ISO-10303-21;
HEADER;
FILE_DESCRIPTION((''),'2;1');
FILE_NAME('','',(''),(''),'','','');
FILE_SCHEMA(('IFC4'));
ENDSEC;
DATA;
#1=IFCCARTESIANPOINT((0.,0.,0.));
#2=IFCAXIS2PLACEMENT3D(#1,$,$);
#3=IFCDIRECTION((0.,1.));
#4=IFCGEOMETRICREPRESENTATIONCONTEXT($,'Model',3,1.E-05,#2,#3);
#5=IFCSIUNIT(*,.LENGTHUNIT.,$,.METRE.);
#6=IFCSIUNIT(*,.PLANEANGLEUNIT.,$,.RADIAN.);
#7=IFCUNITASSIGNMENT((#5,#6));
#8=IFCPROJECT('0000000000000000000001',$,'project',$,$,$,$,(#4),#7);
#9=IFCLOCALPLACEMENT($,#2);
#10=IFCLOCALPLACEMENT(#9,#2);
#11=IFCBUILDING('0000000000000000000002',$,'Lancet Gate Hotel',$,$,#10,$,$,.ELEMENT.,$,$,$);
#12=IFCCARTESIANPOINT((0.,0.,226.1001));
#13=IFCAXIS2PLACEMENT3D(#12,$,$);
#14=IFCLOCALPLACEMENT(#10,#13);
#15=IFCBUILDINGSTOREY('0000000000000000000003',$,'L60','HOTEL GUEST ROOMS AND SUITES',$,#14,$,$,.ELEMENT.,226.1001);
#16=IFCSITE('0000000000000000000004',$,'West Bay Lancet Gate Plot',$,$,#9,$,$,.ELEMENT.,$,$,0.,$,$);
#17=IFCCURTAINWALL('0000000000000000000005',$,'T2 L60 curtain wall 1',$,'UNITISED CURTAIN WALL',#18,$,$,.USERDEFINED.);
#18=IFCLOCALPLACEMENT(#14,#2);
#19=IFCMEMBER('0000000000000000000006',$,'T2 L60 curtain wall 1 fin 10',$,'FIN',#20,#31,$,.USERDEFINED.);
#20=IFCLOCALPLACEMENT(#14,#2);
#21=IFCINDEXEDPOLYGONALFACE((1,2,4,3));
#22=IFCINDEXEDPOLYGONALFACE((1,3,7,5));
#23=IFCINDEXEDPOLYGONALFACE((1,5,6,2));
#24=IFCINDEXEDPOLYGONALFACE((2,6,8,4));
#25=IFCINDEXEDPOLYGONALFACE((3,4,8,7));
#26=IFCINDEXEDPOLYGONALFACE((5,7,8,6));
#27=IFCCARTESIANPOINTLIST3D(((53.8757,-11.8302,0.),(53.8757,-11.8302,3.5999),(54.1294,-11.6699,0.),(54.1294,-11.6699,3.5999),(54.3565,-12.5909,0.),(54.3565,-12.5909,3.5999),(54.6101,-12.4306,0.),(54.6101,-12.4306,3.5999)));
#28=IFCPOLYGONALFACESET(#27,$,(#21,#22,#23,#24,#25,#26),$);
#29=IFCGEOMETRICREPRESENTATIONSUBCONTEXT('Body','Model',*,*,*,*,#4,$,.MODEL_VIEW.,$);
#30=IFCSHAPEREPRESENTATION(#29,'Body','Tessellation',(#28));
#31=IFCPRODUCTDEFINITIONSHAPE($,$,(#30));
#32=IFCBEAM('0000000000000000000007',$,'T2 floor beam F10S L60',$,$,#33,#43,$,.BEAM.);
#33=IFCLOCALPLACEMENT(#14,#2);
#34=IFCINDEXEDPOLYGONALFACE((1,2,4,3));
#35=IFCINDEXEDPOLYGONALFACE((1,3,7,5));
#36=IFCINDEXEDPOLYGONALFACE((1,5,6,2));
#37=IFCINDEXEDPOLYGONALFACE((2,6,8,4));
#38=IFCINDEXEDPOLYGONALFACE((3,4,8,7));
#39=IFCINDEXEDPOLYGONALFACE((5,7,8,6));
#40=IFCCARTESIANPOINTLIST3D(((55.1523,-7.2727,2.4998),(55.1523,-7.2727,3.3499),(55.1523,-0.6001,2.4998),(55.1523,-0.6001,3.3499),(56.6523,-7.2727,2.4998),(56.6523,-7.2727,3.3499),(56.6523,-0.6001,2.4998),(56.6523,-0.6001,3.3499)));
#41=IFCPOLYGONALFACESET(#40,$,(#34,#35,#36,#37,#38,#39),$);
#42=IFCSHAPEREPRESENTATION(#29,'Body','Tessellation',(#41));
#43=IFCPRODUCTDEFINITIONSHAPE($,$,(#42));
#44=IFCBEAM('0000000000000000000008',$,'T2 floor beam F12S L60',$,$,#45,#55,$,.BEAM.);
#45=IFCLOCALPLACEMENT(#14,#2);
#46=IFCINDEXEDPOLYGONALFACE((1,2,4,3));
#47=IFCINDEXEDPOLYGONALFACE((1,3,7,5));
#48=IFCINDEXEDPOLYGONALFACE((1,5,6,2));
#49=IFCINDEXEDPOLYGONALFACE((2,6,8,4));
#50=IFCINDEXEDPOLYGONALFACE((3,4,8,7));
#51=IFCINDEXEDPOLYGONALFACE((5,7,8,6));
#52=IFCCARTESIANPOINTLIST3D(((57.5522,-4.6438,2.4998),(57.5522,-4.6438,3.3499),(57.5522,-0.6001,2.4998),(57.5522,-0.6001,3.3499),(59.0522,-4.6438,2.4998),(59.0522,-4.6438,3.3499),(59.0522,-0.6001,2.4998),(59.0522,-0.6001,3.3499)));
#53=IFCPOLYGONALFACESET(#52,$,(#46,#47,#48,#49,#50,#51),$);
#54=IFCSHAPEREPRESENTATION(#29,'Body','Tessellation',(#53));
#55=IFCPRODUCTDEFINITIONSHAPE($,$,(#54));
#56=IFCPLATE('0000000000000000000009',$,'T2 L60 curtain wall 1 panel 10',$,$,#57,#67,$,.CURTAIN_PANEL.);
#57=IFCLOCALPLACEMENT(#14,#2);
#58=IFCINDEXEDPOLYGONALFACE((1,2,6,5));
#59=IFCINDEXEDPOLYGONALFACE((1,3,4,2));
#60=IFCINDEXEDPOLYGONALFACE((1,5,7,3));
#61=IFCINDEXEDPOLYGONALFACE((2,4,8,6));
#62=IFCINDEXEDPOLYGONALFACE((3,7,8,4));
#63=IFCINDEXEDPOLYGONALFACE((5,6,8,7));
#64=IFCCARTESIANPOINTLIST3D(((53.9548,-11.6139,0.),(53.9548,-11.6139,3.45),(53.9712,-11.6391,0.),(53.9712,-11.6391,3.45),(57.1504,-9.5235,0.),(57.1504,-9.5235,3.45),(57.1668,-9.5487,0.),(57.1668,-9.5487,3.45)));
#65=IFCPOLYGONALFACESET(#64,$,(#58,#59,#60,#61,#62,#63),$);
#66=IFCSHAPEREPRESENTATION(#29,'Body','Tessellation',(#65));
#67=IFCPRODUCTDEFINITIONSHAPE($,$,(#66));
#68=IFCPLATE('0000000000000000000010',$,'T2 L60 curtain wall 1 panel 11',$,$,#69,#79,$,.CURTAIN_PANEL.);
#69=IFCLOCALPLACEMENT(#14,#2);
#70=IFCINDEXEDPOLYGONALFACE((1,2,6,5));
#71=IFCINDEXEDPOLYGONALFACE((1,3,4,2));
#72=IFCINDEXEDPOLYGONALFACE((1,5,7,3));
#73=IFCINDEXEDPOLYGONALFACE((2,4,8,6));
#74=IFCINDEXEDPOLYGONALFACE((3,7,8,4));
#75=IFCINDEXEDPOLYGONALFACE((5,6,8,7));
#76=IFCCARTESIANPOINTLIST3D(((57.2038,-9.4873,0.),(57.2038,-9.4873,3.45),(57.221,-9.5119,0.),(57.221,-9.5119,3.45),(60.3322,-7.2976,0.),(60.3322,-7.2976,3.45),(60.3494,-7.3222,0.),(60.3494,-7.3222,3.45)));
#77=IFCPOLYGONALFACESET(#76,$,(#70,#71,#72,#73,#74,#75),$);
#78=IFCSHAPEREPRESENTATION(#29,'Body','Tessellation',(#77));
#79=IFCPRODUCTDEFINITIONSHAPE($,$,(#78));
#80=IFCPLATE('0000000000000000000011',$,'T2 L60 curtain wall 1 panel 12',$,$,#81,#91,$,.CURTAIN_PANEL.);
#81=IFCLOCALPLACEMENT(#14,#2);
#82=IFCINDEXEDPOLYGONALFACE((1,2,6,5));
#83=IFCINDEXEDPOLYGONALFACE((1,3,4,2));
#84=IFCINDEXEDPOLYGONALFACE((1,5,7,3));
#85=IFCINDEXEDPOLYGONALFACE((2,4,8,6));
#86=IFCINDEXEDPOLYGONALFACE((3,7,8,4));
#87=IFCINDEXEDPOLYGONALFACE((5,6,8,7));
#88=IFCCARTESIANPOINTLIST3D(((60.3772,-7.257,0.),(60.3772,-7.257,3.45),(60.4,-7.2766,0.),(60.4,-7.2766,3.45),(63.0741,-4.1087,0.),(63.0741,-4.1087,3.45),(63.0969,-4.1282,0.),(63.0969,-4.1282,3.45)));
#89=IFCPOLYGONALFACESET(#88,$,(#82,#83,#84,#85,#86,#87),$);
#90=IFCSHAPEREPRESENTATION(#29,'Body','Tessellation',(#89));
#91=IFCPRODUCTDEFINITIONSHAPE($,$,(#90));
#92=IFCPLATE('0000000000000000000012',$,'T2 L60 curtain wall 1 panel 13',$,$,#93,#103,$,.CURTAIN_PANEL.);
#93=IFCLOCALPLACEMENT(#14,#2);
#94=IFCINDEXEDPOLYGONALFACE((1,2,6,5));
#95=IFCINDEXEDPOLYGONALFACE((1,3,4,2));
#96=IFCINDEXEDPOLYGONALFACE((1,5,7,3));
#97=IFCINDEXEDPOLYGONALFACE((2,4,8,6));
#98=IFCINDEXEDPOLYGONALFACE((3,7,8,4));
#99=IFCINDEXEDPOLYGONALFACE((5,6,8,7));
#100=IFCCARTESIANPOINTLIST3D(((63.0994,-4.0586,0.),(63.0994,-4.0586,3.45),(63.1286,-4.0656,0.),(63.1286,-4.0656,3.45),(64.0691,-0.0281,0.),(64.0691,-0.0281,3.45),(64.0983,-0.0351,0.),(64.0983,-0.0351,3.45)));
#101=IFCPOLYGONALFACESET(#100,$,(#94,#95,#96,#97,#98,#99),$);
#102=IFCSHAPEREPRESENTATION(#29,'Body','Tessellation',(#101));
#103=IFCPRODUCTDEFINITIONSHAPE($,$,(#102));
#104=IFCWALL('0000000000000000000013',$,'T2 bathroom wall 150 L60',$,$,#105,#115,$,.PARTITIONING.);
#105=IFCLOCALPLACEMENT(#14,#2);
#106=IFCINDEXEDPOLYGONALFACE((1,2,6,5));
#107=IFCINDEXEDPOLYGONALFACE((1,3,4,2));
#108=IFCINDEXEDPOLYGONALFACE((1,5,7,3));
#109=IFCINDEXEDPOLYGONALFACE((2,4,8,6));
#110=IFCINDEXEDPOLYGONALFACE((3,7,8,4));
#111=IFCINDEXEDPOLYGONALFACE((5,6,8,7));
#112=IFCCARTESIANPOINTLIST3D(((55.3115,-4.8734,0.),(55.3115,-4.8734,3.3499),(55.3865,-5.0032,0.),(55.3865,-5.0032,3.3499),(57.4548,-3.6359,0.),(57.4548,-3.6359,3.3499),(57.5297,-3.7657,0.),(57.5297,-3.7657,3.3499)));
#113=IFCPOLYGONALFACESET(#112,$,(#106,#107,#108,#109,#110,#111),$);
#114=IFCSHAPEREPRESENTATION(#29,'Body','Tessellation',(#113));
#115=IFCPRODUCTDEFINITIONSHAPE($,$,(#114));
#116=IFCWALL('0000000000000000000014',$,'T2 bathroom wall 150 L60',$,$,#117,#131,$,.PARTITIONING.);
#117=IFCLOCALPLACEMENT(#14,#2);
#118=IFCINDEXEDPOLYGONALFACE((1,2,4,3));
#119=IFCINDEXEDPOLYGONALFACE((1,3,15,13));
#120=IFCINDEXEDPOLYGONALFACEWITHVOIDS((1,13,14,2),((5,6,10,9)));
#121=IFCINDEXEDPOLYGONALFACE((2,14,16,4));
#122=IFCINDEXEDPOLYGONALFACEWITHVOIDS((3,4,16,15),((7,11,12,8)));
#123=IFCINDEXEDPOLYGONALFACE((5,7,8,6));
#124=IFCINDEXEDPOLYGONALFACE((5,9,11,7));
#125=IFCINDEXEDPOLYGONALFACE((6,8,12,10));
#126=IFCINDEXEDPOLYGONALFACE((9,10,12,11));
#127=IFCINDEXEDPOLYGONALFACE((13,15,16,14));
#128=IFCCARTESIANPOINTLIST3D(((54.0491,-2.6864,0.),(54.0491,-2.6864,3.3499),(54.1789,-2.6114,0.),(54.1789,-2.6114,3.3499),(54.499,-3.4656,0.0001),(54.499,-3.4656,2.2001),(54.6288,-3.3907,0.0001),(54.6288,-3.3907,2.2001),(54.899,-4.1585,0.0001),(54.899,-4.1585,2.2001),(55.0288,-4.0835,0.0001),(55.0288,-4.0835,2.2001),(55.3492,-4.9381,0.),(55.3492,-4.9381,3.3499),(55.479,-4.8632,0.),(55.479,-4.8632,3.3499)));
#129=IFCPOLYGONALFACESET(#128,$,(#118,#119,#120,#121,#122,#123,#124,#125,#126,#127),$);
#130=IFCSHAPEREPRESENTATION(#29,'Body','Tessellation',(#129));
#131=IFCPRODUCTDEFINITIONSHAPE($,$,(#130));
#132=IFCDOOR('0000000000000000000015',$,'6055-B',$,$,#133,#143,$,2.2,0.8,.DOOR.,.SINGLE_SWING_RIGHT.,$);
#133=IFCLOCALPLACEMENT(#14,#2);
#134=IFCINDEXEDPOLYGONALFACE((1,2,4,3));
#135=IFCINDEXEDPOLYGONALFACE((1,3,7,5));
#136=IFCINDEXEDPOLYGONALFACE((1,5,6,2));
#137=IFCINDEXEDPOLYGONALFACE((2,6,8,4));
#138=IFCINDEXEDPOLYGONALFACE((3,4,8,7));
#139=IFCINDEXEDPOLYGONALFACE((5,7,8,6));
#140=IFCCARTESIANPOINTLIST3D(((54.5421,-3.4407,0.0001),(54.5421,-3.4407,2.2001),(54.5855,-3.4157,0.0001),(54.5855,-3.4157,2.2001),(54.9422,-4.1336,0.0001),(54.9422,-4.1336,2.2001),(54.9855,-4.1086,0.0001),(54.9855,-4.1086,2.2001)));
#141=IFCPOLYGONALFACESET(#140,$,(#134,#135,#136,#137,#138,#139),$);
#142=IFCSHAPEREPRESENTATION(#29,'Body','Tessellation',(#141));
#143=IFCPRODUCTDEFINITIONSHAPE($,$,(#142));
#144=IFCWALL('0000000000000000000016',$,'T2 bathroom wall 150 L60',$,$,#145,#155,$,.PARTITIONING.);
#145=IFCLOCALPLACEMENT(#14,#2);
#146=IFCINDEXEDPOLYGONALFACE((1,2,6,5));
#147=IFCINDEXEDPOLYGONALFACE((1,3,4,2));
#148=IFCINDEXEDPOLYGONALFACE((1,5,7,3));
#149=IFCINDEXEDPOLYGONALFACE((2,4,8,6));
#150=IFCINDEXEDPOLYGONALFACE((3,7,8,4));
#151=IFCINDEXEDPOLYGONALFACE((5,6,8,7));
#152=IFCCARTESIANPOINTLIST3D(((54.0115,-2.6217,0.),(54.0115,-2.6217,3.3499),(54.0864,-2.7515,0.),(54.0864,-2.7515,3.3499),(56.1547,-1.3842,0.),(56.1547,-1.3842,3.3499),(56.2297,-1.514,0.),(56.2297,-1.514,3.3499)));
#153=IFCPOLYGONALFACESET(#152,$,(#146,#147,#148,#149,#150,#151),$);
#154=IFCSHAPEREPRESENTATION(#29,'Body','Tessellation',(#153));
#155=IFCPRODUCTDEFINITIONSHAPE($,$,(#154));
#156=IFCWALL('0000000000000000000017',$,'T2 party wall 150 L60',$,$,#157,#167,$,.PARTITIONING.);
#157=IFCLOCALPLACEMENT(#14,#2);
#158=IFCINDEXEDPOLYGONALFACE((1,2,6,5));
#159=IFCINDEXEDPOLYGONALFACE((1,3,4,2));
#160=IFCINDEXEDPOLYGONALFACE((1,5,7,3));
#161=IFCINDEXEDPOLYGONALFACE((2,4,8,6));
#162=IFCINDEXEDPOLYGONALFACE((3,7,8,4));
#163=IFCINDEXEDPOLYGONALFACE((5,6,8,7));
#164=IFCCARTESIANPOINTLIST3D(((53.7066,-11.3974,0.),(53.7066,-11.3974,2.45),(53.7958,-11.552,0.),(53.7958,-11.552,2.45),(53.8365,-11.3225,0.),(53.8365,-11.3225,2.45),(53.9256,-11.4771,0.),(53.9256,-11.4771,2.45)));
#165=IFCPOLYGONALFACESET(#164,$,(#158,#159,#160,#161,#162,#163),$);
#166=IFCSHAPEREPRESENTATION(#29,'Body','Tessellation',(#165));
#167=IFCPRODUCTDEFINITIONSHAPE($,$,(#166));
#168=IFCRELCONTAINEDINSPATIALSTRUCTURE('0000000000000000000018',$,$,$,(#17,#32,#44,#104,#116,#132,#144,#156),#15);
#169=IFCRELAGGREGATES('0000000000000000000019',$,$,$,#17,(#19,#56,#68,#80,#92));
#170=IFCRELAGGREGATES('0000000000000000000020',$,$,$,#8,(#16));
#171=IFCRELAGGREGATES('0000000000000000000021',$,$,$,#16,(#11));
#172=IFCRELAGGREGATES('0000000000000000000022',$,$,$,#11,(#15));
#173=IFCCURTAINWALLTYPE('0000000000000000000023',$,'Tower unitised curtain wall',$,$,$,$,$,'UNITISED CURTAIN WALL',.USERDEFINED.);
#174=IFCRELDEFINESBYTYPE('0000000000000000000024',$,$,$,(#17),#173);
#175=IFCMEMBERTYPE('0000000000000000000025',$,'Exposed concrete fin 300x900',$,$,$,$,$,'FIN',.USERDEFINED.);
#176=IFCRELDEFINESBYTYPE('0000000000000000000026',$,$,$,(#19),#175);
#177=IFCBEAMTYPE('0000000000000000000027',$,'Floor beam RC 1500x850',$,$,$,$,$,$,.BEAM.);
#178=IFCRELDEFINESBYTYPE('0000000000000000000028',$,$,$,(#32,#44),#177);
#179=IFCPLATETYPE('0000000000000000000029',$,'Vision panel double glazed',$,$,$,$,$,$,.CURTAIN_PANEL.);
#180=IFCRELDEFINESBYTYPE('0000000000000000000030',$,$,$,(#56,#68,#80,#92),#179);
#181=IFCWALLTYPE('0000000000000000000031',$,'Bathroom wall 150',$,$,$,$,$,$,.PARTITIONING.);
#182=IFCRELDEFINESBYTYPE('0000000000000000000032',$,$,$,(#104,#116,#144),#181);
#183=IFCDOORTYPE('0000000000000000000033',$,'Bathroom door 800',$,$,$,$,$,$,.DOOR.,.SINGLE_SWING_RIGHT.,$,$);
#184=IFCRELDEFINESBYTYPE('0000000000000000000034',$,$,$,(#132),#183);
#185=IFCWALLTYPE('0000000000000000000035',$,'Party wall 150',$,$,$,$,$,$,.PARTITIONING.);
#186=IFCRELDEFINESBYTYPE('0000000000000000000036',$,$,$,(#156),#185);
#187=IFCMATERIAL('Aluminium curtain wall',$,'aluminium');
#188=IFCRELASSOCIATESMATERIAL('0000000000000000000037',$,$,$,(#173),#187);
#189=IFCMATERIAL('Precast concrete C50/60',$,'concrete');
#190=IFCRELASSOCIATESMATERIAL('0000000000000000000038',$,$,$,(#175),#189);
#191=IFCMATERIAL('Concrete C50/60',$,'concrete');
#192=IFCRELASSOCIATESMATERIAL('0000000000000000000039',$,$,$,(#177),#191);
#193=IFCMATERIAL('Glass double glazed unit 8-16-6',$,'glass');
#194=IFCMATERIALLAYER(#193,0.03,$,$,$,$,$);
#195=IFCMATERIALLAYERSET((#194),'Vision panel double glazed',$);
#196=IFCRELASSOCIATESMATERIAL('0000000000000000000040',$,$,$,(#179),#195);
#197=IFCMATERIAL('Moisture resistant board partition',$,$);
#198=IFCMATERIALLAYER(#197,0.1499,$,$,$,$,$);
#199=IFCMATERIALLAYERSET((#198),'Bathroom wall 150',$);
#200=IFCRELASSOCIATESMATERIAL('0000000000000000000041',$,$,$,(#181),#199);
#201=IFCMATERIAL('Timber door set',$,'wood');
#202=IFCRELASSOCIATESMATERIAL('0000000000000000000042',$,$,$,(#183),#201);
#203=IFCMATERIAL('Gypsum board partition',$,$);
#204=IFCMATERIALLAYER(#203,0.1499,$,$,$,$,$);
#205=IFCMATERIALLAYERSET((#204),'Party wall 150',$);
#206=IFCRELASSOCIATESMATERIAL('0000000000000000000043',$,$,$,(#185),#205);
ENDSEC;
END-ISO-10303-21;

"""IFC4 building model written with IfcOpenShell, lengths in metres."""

from ifc_helpers import new_model, si_unit, direction, frame, frame_2d, origin, origin_2d, place, context, subcontext, project, spatial, rectangle, extrude, material, layer, layer_set, material_profile, profile_set, type_object, element, fill, aggregate, save


model = new_model("IFC4")

# Units and contexts
model_context = context("Model", 3, precision=1e-05, world=origin(), true_north=direction((0.0, 1.0)))
body_context = subcontext(model_context, "Body", "Model", "MODEL_VIEW")
ifc_project = project(units=[si_unit("LENGTHUNIT", "METRE"), si_unit("PLANEANGLEUNIT", "RADIAN")], contexts=[model_context])

# Site, building, storey
site_placement = place(None, origin())
site = spatial("IfcSite", under=ifc_project, at=site_placement, Name="West Bay Lancet Gate Plot", CompositionType="ELEMENT", RefElevation=0.0)
building_placement = place(site_placement, origin())
building = spatial("IfcBuilding", under=site, at=building_placement, Name="Lancet Gate Hotel", CompositionType="ELEMENT")
storey_placement = place(building_placement, frame((0.0, 0.0, 226.1001)))
storey = spatial("IfcBuildingStorey", under=building, at=storey_placement, Name="L60", Description="HOTEL GUEST ROOMS AND SUITES", CompositionType="ELEMENT", Elevation=226.1001)

# Curtain wall
ifc_material_1 = material(Name="Aluminium curtain wall", Category="aluminium")
curtain_wall_type = type_object("IfcCurtainWallType", Name="Tower unitised curtain wall", ElementType="UNITISED CURTAIN WALL", PredefinedType="USERDEFINED", material=ifc_material_1)
curtain_wall_placement = place(storey_placement, origin())
curtain_wall = element("IfcCurtainWall", 1, at=curtain_wall_placement, inside=storey, type_object=curtain_wall_type, Name="T2 L60 curtain wall 1", ObjectType="UNITISED CURTAIN WALL", PredefinedType="USERDEFINED")

# Member
ifc_material_2 = material(Name="Precast concrete C50/60", Category="concrete")
ifc_material_profile_1 = material_profile(ifc_material_2, rectangle(XDim=0.3, YDim=0.8999, at=origin_2d()), Name="FIN 300x900")
ifc_profile_set_1 = profile_set([ifc_material_profile_1], Name="Precast concrete C50/60")
member_type_1 = type_object("IfcMemberType", Name="Exposed concrete fin 300x900", ElementType="FIN", PredefinedType="USERDEFINED", material=ifc_profile_set_1)
member_1_placement = place(storey_placement, frame((54.2429, -12.1304, 0.0), z_axis=(0.0, 0.0, 1.0), x_axis=(0.84534, 0.534229, 0.0)))
member_1 = element("IfcMember", 2, at=member_1_placement, type_object=member_type_1, Name="T2 L60 curtain wall 1 fin 10", ObjectType="FIN", PredefinedType="USERDEFINED", context=body_context, shape_type="SweptSolid", body=[
    extrude(rectangle(XDim=0.3, YDim=0.8999, at=origin_2d()), origin(), (0.0, 0.0, 1.0), 3.5999),
])

# Beams
ifc_material_3 = material(Name="Concrete C50/60", Category="concrete")
ifc_material_profile_2 = material_profile(ifc_material_3, rectangle(XDim=1.5, YDim=0.8501, at=origin_2d()), Name="RC 1500x850")
ifc_profile_set_2 = profile_set([ifc_material_profile_2], Name="Concrete C50/60")
beam_type_1 = type_object("IfcBeamType", Name="Floor beam RC 1500x850", PredefinedType="BEAM", material=ifc_profile_set_2)
beam_1_placement = place(storey_placement, frame((55.9023, -7.2727, 2.9248), z_axis=(0.0, 1.0, 0.0), x_axis=(-1.0, 0.0, 0.0)))
element("IfcBeam", 3, at=beam_1_placement, inside=storey, type_object=beam_type_1, Name="T2 floor beam F10S L60", PredefinedType="BEAM", context=body_context, shape_type="SweptSolid", body=[
    extrude(rectangle(XDim=1.5, YDim=0.8501, at=origin_2d()), origin(), (0.0, 0.0, 1.0), 6.6726),
])
beam_2_placement = place(storey_placement, frame((58.3022, -4.6438, 2.9248), z_axis=(0.0, 1.0, 0.0), x_axis=(-1.0, 0.0, 0.0)))
element("IfcBeam", 4, at=beam_2_placement, inside=storey, type_object=beam_type_1, Name="T2 floor beam F12S L60", PredefinedType="BEAM", context=body_context, shape_type="SweptSolid", body=[
    extrude(rectangle(XDim=1.5, YDim=0.8501, at=origin_2d()), origin(), (0.0, 0.0, 1.0), 4.0437),
])

# Plates
ifc_material_4 = material(Name="Glass double glazed unit 8-16-6", Category="glass")
ifc_layer_1 = layer(ifc_material_4, 0.03)
ifc_layer_set_1 = layer_set([ifc_layer_1], Name="Vision panel double glazed")
plate_type = type_object("IfcPlateType", Name="Vision panel double glazed", PredefinedType="CURTAIN_PANEL", material=ifc_layer_set_1)
plate_1_placement = place(storey_placement, frame((55.5608, -10.5813, 0.0), z_axis=(0.0, 0.0, 1.0), x_axis=(0.83685, 0.547432, 0.0)))
plate_1 = element("IfcPlate", 5, at=plate_1_placement, type_object=plate_type, Name="T2 L60 curtain wall 1 panel 10", PredefinedType="CURTAIN_PANEL", context=body_context, shape_type="SweptSolid", body=[
    extrude(rectangle(XDim=3.8186, YDim=0.03, at=origin_2d()), origin(), (0.0, 0.0, 1.0), 3.45),
])
plate_2_placement = place(storey_placement, frame((58.7766, -8.4048, 0.0), z_axis=(0.0, 0.0, 1.0), x_axis=(0.819255, 0.573429, 0.0)))
plate_2 = element("IfcPlate", 6, at=plate_2_placement, type_object=plate_type, Name="T2 L60 curtain wall 1 panel 11", PredefinedType="CURTAIN_PANEL", context=body_context, shape_type="SweptSolid", body=[
    extrude(rectangle(XDim=3.8186, YDim=0.03, at=origin_2d()), origin(), (0.0, 0.0, 1.0), 3.45),
])
plate_3_placement = place(storey_placement, frame((61.7371, -5.6926, 0.0), z_axis=(0.0, 0.0, 1.0), x_axis=(0.650552, 0.759462, 0.0)))
plate_3 = element("IfcPlate", 7, at=plate_3_placement, type_object=plate_type, Name="T2 L60 curtain wall 1 panel 12", PredefinedType="CURTAIN_PANEL", context=body_context, shape_type="SweptSolid", body=[
    extrude(rectangle(XDim=4.1455, YDim=0.03, at=origin_2d()), origin(), (0.0, 0.0, 1.0), 3.45),
])
plate_4_placement = place(storey_placement, frame((63.5989, -2.0469, 0.0), z_axis=(0.0, 0.0, 1.0), x_axis=(0.233916, 0.972257, 0.0)))
plate_4 = element("IfcPlate", 8, at=plate_4_placement, type_object=plate_type, Name="T2 L60 curtain wall 1 panel 13", PredefinedType="CURTAIN_PANEL", context=body_context, shape_type="SweptSolid", body=[
    extrude(rectangle(XDim=4.1455, YDim=0.03, at=origin_2d()), origin(), (0.0, 0.0, 1.0), 3.45),
])
aggregate(curtain_wall, [member_1, plate_1, plate_2, plate_3, plate_4])

# Wall
ifc_material_5 = material(Name="Moisture resistant board partition")
ifc_layer_2 = layer(ifc_material_5, 0.1499)
ifc_layer_set_2 = layer_set([ifc_layer_2], Name="Bathroom wall 150")
wall_type_1 = type_object("IfcWallType", Name="Bathroom wall 150", PredefinedType="PARTITIONING", material=ifc_layer_set_2)
wall_1_placement = place(storey_placement, frame((55.3491, -4.9382, 0.0), z_axis=(0.0, 0.0, 1.0), x_axis=(0.866007, 0.500033, 0.0)))
element("IfcWall", 9, at=wall_1_placement, inside=storey, type_object=wall_type_1, Name="T2 bathroom wall 150 L60", PredefinedType="PARTITIONING", context=body_context, shape_type="SweptSolid", body=[
    extrude(rectangle(XDim=2.4749, YDim=0.1499, at=frame_2d((1.2373, 0.0))), origin(), (0.0, 0.0, 1.0), 3.3499),
])

# Wall, opening, door
wall_2_placement = place(storey_placement, frame((54.114, -2.6489, 0.0), z_axis=(0.0, 0.0, 1.0), x_axis=(0.500007, -0.866021, 0.0)))
wall_2 = element("IfcWall", 10, at=wall_2_placement, inside=storey, type_object=wall_type_1, Name="T2 bathroom wall 150 L60", PredefinedType="PARTITIONING", context=body_context, shape_type="SweptSolid", body=[
    extrude(rectangle(XDim=2.6001, YDim=0.1499, at=frame_2d((1.3, 0.0))), origin(), (0.0, 0.0, 1.0), 3.3499),
])
opening_placement = place(wall_2_placement, frame((0.8999, 0.0, 0.0)))
opening = element("IfcOpeningElement", 11, at=opening_placement, cuts=wall_2, PredefinedType="OPENING", context=body_context, shape_type="SweptSolid", body=[
    extrude(rectangle(XDim=0.8, YDim=2.2, at=frame_2d((0.3999, 1.1001))), frame((0.0, 0.085, 0.0), z_axis=(0.0, -1.0, 0.0), x_axis=(1.0, 0.0, 0.0)), (0.0, 0.0, 1.0), 0.1699),
])
ifc_material_6 = material(Name="Timber door set", Category="wood")
door_type = type_object("IfcDoorType", Name="Bathroom door 800", OperationType="SINGLE_SWING_RIGHT", PredefinedType="DOOR", material=ifc_material_6)
door_placement = place(opening_placement, origin())
door = element("IfcDoor", 12, at=door_placement, inside=storey, type_object=door_type, Name="6055-B", OperationType="SINGLE_SWING_RIGHT", OverallHeight=2.2, OverallWidth=0.8, PredefinedType="DOOR", context=body_context, shape_type="SweptSolid", body=[
    extrude(rectangle(XDim=0.8, YDim=2.2, at=frame_2d((0.3999, 1.1001))), frame((0.0, 0.0249, 0.0), z_axis=(0.0, -1.0, 0.0), x_axis=(1.0, 0.0, 0.0)), (0.0, 0.0, 1.0), 0.05),
])
fill(opening, door)

# Walls
wall_3_placement = place(storey_placement, frame((54.0491, -2.6865, 0.0), z_axis=(0.0, 0.0, 1.0), x_axis=(0.866007, 0.500033, 0.0)))
element("IfcWall", 13, at=wall_3_placement, inside=storey, type_object=wall_type_1, Name="T2 bathroom wall 150 L60", PredefinedType="PARTITIONING", context=body_context, shape_type="SweptSolid", body=[
    extrude(rectangle(XDim=2.4749, YDim=0.1499, at=frame_2d((1.2373, 0.0))), origin(), (0.0, 0.0, 1.0), 3.3499),
])
ifc_material_7 = material(Name="Gypsum board partition")
ifc_layer_3 = layer(ifc_material_7, 0.1499)
ifc_layer_set_3 = layer_set([ifc_layer_3], Name="Party wall 150")
wall_type_2 = type_object("IfcWallType", Name="Party wall 150", PredefinedType="PARTITIONING", material=ifc_layer_set_3)
wall_4_placement = place(storey_placement, frame((53.7715, -11.3599, 0.0), z_axis=(0.0, 0.0, 1.0), x_axis=(0.499525, -0.866299, 0.0)))
element("IfcWall", 14, at=wall_4_placement, inside=storey, type_object=wall_type_2, Name="T2 party wall 150 L60", PredefinedType="PARTITIONING", context=body_context, shape_type="SweptSolid", body=[
    extrude(rectangle(XDim=0.1785, YDim=0.1499, at=frame_2d((0.0894, 0.0))), origin(), (0.0, 0.0, 1.0), 2.45),
])

save(model, "model.ifc")
